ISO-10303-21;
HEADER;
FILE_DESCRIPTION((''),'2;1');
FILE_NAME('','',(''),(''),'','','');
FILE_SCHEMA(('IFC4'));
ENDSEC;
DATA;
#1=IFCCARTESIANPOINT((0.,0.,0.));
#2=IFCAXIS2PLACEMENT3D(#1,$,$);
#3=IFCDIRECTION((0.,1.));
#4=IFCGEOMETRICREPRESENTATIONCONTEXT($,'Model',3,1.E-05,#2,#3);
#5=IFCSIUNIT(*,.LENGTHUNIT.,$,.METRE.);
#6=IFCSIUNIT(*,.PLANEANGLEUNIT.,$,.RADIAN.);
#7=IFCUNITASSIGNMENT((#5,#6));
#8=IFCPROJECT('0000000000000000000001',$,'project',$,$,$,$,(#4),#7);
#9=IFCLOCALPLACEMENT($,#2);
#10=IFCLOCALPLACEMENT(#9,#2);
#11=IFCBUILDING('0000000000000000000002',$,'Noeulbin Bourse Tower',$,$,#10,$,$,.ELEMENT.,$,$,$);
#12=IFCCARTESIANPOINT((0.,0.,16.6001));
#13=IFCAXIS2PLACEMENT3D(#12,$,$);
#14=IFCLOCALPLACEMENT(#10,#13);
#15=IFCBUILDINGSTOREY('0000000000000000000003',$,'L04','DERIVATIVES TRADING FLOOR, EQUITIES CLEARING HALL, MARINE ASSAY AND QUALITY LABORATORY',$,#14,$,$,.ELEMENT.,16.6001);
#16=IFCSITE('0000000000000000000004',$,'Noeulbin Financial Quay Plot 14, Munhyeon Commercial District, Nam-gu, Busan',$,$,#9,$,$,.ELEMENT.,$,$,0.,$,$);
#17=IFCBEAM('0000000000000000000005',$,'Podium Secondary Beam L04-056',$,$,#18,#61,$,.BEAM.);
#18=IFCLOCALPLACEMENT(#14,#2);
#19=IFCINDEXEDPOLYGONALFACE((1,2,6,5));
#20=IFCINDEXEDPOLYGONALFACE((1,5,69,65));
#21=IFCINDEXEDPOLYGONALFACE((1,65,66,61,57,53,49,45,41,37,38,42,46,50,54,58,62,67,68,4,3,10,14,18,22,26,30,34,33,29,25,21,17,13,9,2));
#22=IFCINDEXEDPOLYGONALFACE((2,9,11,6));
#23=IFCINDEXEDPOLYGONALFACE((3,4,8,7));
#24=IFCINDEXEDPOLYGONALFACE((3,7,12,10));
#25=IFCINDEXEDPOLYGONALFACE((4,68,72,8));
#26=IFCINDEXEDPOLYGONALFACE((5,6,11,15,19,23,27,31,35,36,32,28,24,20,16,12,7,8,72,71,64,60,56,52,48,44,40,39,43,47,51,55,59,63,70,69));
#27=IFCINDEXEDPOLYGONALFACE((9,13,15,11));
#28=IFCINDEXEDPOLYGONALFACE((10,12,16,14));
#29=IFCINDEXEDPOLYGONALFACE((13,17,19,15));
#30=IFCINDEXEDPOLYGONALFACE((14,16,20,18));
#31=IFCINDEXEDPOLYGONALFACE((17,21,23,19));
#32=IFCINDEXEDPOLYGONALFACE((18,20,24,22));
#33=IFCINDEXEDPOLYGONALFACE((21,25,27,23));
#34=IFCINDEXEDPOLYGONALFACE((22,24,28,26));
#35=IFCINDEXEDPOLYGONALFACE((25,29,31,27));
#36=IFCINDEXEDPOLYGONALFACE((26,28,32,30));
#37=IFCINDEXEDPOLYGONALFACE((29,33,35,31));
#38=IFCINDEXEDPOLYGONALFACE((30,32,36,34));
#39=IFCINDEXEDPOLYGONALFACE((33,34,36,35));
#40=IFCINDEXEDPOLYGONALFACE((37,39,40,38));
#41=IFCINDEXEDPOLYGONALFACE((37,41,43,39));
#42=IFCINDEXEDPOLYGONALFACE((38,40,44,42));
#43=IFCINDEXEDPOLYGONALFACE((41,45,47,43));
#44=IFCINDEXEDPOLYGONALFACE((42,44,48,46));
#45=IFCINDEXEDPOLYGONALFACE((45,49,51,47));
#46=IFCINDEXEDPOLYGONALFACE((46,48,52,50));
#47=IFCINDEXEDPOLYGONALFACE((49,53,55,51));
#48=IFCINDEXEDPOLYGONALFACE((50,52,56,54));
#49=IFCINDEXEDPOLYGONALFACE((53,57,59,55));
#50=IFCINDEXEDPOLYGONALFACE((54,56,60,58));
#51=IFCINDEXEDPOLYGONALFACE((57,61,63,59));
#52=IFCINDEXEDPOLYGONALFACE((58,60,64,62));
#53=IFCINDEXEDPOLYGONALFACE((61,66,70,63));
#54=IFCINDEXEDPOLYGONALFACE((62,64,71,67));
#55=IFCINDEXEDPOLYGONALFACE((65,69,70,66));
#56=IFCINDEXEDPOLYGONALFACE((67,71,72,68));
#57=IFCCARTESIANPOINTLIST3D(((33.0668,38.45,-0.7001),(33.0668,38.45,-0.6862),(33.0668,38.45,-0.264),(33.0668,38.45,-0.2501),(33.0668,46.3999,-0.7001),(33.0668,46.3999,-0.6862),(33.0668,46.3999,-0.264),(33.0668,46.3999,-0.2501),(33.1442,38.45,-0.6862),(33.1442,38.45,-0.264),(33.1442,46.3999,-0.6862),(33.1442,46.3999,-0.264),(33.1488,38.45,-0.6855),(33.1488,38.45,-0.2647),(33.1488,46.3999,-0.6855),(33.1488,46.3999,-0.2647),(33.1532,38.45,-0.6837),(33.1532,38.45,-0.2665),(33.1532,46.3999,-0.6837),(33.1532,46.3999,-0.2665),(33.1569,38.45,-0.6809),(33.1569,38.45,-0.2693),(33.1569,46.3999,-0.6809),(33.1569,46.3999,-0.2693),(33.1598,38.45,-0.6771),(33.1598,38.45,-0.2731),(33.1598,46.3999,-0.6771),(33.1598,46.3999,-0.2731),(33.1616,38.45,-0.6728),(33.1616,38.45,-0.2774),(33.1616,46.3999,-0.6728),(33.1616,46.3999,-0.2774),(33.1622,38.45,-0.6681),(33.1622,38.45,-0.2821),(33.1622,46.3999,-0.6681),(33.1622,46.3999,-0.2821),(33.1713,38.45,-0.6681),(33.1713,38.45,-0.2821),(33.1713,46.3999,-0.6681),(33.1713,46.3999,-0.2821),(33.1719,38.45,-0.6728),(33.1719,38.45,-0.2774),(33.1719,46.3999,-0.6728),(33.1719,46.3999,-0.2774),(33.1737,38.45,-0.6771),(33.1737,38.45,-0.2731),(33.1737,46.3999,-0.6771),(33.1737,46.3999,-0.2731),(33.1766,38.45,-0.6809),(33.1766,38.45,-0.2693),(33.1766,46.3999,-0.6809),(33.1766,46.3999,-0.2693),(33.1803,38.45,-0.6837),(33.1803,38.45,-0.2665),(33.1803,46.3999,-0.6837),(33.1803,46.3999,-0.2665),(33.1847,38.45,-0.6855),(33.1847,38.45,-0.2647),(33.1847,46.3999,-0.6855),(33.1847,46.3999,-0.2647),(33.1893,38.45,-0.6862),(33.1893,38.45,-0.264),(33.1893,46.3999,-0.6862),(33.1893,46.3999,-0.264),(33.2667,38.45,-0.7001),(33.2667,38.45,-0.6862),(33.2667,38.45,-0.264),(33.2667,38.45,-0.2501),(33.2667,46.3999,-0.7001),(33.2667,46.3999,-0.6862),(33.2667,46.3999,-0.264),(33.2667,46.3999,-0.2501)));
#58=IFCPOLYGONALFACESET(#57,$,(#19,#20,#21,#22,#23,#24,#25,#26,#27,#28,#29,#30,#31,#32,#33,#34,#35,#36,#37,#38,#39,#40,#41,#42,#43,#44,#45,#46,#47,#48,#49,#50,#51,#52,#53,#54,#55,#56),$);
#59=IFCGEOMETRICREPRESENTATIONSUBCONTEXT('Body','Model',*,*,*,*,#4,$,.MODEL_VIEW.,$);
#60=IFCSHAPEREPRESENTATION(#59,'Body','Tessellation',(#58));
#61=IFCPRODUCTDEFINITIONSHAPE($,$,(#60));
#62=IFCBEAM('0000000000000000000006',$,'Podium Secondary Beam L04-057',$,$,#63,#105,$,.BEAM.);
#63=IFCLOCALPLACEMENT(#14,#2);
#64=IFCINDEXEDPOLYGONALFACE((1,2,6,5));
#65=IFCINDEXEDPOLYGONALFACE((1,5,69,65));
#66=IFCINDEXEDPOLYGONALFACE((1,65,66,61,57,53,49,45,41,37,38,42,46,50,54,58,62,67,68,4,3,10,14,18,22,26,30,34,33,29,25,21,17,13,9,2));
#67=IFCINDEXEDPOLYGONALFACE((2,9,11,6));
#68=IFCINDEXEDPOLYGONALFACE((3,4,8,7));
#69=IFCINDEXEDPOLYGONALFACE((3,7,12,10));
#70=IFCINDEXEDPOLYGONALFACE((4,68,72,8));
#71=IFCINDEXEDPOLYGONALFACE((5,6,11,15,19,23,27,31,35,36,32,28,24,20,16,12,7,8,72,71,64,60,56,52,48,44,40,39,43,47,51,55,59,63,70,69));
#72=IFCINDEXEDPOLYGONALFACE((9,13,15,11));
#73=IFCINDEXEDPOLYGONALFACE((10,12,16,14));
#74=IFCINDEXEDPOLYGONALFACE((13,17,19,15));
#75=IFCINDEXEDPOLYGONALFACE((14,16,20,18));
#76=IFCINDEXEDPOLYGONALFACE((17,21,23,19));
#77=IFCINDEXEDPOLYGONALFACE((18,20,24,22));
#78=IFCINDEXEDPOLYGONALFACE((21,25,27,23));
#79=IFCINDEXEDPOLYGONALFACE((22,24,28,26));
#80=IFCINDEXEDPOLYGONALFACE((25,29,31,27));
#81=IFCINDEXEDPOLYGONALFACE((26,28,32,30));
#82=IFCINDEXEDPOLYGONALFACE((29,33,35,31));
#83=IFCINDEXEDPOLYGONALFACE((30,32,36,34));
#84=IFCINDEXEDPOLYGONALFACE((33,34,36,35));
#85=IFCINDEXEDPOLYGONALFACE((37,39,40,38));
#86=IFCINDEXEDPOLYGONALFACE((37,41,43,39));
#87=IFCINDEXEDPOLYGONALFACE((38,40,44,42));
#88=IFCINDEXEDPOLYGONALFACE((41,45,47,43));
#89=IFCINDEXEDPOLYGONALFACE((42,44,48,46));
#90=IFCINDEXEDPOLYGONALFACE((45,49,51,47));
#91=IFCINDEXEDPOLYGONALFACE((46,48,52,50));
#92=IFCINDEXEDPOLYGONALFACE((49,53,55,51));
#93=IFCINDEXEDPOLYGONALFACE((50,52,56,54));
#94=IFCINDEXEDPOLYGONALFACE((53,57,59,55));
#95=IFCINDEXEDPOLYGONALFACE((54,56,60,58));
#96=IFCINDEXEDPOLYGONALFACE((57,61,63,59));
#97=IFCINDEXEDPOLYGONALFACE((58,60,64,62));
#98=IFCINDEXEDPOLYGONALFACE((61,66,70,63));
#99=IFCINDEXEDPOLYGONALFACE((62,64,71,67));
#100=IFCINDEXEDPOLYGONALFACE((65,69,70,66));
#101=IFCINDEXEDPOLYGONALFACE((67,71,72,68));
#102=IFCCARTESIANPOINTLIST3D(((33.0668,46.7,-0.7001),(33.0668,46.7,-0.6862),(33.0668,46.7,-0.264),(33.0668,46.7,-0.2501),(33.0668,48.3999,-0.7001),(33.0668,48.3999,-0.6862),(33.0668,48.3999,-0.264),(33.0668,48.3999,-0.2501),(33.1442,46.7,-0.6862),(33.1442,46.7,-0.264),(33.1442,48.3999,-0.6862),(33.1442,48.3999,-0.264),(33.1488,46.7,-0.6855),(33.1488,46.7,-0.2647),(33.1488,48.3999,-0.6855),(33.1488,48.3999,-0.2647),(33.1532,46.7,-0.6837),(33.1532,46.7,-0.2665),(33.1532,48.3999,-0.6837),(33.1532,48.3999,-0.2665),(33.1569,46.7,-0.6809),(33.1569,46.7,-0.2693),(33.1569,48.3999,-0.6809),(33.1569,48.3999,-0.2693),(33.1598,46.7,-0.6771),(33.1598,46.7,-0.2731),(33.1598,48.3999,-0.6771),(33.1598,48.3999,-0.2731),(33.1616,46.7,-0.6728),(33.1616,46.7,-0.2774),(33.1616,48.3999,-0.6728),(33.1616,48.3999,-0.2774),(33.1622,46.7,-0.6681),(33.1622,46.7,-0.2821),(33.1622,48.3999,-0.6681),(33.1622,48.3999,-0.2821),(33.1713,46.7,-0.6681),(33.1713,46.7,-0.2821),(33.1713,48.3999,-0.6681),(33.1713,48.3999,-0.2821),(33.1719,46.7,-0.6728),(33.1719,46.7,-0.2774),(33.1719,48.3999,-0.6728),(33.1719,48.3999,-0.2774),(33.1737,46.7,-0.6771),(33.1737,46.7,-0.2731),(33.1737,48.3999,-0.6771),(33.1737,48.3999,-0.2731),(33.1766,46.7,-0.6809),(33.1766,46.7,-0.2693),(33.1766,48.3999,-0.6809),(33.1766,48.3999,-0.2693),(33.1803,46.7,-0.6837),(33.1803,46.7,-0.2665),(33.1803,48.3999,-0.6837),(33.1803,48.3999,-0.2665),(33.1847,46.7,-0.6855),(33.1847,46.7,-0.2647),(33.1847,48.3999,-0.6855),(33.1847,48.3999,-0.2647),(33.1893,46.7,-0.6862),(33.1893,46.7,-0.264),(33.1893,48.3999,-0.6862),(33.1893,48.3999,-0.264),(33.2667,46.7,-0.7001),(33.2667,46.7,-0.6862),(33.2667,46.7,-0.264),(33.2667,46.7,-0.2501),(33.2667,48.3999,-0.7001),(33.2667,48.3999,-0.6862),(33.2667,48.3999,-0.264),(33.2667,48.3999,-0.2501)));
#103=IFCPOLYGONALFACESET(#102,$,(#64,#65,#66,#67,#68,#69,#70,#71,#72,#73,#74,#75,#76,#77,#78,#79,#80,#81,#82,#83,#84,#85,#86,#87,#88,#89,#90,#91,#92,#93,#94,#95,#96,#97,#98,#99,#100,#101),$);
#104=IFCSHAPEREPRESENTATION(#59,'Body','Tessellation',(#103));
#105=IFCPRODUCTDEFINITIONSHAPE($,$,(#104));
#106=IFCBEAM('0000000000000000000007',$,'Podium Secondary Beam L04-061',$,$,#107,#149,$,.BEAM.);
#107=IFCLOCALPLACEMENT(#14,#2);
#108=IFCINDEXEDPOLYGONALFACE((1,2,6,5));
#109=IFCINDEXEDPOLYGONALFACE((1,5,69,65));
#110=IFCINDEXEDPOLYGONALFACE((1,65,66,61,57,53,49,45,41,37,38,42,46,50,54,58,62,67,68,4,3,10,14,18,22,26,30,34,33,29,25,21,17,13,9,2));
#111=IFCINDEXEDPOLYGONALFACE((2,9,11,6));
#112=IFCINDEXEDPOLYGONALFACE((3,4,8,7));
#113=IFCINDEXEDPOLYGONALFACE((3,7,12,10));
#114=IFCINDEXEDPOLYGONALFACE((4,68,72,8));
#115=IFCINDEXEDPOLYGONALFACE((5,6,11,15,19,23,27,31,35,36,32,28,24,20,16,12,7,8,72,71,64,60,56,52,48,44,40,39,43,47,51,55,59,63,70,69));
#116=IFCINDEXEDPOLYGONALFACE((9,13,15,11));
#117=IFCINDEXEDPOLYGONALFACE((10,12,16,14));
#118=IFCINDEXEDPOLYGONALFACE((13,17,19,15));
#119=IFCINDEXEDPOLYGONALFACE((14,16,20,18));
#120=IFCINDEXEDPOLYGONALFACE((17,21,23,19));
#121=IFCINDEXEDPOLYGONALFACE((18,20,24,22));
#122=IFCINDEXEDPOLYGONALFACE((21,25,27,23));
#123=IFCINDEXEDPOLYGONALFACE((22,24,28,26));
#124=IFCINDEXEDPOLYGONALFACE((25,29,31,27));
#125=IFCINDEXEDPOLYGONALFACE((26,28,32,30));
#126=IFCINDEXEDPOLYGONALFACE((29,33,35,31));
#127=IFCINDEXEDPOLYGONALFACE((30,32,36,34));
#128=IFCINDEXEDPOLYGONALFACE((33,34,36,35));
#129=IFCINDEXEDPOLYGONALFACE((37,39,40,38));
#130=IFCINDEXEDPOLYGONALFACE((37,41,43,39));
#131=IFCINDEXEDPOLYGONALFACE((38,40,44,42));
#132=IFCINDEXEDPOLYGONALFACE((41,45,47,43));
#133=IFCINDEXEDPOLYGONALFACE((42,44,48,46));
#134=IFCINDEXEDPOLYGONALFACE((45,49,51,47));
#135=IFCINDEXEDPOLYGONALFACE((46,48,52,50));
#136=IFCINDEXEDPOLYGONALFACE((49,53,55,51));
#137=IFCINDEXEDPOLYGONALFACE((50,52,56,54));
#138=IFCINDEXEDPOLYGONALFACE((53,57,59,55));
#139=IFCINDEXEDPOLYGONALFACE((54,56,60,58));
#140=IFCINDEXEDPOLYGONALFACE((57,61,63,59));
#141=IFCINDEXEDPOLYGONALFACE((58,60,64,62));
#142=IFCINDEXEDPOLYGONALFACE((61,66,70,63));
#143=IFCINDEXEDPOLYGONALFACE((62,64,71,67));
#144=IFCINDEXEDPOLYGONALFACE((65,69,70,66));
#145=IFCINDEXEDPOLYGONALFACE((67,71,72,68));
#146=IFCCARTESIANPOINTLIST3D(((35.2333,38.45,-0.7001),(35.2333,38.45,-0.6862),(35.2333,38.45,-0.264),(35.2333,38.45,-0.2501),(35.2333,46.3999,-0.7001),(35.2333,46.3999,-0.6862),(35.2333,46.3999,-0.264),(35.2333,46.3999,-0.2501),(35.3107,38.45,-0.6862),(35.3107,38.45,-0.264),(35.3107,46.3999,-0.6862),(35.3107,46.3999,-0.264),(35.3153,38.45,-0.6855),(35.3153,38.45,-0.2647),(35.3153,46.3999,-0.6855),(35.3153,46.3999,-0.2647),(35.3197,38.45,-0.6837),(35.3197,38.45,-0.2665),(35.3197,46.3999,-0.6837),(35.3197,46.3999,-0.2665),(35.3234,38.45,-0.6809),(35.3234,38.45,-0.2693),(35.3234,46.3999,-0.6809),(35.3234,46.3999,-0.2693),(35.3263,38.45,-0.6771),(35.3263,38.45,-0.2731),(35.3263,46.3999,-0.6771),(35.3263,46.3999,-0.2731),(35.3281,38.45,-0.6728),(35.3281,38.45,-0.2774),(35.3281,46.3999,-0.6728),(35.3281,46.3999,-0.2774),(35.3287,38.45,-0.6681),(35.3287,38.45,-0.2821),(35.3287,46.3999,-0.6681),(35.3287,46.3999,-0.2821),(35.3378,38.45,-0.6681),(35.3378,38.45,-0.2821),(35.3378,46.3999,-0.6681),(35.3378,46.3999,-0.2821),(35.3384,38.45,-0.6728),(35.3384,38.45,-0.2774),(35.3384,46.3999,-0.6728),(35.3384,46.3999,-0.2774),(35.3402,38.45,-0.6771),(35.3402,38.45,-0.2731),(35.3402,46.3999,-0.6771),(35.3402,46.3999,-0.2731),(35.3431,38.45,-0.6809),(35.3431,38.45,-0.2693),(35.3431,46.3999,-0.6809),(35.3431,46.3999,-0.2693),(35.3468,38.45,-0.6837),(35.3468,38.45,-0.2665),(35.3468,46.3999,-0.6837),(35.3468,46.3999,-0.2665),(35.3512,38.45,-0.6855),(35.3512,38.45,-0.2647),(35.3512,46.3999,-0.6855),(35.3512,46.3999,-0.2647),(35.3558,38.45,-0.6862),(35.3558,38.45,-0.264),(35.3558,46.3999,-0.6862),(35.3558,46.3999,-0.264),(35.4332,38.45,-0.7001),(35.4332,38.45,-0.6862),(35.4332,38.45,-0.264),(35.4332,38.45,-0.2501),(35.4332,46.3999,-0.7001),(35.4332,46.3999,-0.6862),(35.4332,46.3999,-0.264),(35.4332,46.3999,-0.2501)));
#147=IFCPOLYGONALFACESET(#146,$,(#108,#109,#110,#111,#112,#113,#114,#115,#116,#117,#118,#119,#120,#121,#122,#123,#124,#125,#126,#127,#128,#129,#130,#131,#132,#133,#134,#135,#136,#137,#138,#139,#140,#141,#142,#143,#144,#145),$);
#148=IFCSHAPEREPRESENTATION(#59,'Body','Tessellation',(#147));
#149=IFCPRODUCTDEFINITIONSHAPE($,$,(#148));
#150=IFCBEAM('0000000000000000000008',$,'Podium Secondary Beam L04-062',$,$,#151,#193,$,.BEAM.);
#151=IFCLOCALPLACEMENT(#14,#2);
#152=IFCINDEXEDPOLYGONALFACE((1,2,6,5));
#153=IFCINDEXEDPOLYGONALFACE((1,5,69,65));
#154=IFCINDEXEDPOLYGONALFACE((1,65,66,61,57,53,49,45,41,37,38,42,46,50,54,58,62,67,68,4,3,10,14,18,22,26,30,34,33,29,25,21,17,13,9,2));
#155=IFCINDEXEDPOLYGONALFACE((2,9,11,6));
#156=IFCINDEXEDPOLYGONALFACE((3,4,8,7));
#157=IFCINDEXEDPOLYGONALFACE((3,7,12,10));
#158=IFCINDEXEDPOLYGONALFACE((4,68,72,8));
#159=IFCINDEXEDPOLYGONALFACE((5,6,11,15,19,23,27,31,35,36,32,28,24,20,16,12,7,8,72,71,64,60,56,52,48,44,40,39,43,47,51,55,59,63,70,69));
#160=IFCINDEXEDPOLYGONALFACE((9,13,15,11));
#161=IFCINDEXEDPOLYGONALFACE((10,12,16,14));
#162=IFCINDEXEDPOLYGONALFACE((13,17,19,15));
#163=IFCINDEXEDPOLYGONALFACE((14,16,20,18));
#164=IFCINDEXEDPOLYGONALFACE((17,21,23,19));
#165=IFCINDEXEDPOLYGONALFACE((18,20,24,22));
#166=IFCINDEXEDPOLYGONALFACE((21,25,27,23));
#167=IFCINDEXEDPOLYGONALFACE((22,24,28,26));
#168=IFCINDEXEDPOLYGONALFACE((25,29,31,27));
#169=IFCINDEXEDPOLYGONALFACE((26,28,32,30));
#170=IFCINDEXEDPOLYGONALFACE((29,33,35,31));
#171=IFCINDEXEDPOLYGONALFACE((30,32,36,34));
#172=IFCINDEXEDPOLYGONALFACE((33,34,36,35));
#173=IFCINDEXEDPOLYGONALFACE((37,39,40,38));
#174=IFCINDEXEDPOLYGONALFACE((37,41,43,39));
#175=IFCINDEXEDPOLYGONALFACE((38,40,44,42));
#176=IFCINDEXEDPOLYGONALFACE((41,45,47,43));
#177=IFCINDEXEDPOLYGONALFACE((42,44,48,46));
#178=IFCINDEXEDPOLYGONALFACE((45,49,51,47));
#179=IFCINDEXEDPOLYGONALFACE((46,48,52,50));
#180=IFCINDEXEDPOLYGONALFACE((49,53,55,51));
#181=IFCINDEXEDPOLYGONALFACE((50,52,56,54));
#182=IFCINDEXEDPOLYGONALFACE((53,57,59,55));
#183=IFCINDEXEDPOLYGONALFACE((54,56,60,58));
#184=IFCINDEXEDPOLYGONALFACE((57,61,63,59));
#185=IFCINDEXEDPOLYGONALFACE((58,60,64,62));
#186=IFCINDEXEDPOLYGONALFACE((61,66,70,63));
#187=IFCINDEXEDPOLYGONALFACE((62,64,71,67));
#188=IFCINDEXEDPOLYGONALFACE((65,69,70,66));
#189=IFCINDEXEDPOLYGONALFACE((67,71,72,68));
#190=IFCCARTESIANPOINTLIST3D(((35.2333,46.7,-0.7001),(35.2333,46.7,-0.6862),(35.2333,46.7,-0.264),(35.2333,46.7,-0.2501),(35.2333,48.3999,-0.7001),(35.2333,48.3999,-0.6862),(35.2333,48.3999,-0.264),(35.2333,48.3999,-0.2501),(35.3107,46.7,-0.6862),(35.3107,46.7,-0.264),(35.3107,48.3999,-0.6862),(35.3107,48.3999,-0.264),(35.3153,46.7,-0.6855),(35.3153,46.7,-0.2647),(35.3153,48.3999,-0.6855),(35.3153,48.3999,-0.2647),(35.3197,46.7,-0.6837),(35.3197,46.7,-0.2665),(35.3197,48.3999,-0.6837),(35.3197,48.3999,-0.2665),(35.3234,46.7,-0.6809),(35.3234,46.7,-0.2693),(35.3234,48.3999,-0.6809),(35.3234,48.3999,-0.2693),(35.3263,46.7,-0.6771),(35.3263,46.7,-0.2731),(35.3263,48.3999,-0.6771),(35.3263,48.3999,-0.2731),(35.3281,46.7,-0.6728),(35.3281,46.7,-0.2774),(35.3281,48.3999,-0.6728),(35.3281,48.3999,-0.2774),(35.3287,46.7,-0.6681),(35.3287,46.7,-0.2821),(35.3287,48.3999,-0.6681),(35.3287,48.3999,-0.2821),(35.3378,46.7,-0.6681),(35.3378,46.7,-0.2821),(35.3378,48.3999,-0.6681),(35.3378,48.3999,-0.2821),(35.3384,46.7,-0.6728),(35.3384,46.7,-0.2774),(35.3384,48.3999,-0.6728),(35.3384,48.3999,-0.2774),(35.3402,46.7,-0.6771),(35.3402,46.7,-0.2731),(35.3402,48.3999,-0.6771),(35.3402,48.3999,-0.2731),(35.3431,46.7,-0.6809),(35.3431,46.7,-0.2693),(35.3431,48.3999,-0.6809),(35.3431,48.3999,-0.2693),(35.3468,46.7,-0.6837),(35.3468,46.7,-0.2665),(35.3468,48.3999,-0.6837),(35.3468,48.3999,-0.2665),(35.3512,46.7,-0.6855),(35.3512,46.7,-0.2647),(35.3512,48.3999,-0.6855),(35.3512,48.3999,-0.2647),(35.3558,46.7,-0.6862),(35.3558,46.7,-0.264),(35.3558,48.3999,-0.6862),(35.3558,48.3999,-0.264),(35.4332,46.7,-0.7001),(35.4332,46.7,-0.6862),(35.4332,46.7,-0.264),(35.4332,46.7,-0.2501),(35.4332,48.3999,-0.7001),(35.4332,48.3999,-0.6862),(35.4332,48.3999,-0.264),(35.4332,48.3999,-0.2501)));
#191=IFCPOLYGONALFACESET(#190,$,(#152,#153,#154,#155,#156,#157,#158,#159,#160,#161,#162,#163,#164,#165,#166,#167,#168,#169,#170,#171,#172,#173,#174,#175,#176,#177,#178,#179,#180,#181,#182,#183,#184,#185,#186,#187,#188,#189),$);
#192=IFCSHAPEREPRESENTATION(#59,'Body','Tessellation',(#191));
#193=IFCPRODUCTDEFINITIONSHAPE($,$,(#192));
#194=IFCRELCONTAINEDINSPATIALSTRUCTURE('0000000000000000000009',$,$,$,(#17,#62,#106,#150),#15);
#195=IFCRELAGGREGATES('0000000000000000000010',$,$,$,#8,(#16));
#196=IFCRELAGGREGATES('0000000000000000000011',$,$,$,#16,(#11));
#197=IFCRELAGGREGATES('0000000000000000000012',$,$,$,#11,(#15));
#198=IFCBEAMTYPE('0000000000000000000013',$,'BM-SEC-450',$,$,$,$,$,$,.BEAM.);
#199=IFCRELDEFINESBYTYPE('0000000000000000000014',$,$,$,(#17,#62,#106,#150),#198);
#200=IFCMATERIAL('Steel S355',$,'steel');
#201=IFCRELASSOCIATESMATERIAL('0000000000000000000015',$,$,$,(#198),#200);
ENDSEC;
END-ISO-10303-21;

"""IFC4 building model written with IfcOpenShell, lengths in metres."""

from ifc_helpers import new_model, si_unit, direction, frame, origin, origin_2d, place, context, subcontext, project, spatial, i_section, extrude, material, material_profile, profile_set, type_object, element, save


model = new_model("IFC4")

# Units and contexts
model_context = context("Model", 3, precision=1e-05, world=origin(), true_north=direction((0.0, 1.0)))
body_context = subcontext(model_context, "Body", "Model", "MODEL_VIEW")
ifc_project = project(units=[si_unit("LENGTHUNIT", "METRE"), si_unit("PLANEANGLEUNIT", "RADIAN")], contexts=[model_context])

# Site, building, storey
site_placement = place(None, origin())
site = spatial("IfcSite", under=ifc_project, at=site_placement, Name="Noeulbin Financial Quay Plot 14, Munhyeon Commercial District, Nam-gu, Busan", CompositionType="ELEMENT", RefElevation=0.0)
building_placement = place(site_placement, origin())
building = spatial("IfcBuilding", under=site, at=building_placement, Name="Noeulbin Bourse Tower", CompositionType="ELEMENT")
storey_placement = place(building_placement, frame((0.0, 0.0, 16.6001)))
storey = spatial("IfcBuildingStorey", under=building, at=storey_placement, Name="L04", Description="DERIVATIVES TRADING FLOOR, EQUITIES CLEARING HALL, MARINE ASSAY AND QUALITY LABORATORY", CompositionType="ELEMENT", Elevation=16.6001)

# Beams
ifc_material_1 = material(Name="Steel S355", Category="steel")
ifc_material_profile_1 = material_profile(ifc_material_1, i_section(OverallWidth=0.2, OverallDepth=0.45, WebThickness=0.009, FlangeThickness=0.0139, FilletRadius=0.0181, at=origin_2d()), Name="H-450x200x9x14", Category="LoadBearing")
ifc_profile_set_1 = profile_set([ifc_material_profile_1], Name="Steel S355")
beam_type_1 = type_object("IfcBeamType", Name="BM-SEC-450", PredefinedType="BEAM", material=ifc_profile_set_1)
beam_1_placement = place(storey_placement, frame((33.1667, 38.45, -0.4751), z_axis=(0.0, 1.0, 0.0), x_axis=(-1.0, 0.0, 0.0)))
element("IfcBeam", 1, at=beam_1_placement, inside=storey, type_object=beam_type_1, Name="Podium Secondary Beam L04-056", PredefinedType="BEAM", context=body_context, shape_type="SweptSolid", body=[
    extrude(i_section(OverallWidth=0.2, OverallDepth=0.45, WebThickness=0.009, FlangeThickness=0.0139, FilletRadius=0.0181, at=origin_2d()), origin(), (0.0, 0.0, 1.0), 7.95),
])
beam_2_placement = place(storey_placement, frame((33.1667, 46.7, -0.4751), z_axis=(0.0, 1.0, 0.0), x_axis=(-1.0, 0.0, 0.0)))
element("IfcBeam", 2, at=beam_2_placement, inside=storey, type_object=beam_type_1, Name="Podium Secondary Beam L04-057", PredefinedType="BEAM", context=body_context, shape_type="SweptSolid", body=[
    extrude(i_section(OverallWidth=0.2, OverallDepth=0.45, WebThickness=0.009, FlangeThickness=0.0139, FilletRadius=0.0181, at=origin_2d()), origin(), (0.0, 0.0, 1.0), 1.7),
])
beam_3_placement = place(storey_placement, frame((35.3333, 38.45, -0.4751), z_axis=(0.0, 1.0, 0.0), x_axis=(-1.0, 0.0, 0.0)))
element("IfcBeam", 3, at=beam_3_placement, inside=storey, type_object=beam_type_1, Name="Podium Secondary Beam L04-061", PredefinedType="BEAM", context=body_context, shape_type="SweptSolid", body=[
    extrude(i_section(OverallWidth=0.2, OverallDepth=0.45, WebThickness=0.009, FlangeThickness=0.0139, FilletRadius=0.0181, at=origin_2d()), origin(), (0.0, 0.0, 1.0), 7.95),
])
beam_4_placement = place(storey_placement, frame((35.3333, 46.7, -0.4751), z_axis=(0.0, 1.0, 0.0), x_axis=(-1.0, 0.0, 0.0)))
element("IfcBeam", 4, at=beam_4_placement, inside=storey, type_object=beam_type_1, Name="Podium Secondary Beam L04-062", PredefinedType="BEAM", context=body_context, shape_type="SweptSolid", body=[
    extrude(i_section(OverallWidth=0.2, OverallDepth=0.45, WebThickness=0.009, FlangeThickness=0.0139, FilletRadius=0.0181, at=origin_2d()), origin(), (0.0, 0.0, 1.0), 1.7),
])

save(model, "model.ifc")
